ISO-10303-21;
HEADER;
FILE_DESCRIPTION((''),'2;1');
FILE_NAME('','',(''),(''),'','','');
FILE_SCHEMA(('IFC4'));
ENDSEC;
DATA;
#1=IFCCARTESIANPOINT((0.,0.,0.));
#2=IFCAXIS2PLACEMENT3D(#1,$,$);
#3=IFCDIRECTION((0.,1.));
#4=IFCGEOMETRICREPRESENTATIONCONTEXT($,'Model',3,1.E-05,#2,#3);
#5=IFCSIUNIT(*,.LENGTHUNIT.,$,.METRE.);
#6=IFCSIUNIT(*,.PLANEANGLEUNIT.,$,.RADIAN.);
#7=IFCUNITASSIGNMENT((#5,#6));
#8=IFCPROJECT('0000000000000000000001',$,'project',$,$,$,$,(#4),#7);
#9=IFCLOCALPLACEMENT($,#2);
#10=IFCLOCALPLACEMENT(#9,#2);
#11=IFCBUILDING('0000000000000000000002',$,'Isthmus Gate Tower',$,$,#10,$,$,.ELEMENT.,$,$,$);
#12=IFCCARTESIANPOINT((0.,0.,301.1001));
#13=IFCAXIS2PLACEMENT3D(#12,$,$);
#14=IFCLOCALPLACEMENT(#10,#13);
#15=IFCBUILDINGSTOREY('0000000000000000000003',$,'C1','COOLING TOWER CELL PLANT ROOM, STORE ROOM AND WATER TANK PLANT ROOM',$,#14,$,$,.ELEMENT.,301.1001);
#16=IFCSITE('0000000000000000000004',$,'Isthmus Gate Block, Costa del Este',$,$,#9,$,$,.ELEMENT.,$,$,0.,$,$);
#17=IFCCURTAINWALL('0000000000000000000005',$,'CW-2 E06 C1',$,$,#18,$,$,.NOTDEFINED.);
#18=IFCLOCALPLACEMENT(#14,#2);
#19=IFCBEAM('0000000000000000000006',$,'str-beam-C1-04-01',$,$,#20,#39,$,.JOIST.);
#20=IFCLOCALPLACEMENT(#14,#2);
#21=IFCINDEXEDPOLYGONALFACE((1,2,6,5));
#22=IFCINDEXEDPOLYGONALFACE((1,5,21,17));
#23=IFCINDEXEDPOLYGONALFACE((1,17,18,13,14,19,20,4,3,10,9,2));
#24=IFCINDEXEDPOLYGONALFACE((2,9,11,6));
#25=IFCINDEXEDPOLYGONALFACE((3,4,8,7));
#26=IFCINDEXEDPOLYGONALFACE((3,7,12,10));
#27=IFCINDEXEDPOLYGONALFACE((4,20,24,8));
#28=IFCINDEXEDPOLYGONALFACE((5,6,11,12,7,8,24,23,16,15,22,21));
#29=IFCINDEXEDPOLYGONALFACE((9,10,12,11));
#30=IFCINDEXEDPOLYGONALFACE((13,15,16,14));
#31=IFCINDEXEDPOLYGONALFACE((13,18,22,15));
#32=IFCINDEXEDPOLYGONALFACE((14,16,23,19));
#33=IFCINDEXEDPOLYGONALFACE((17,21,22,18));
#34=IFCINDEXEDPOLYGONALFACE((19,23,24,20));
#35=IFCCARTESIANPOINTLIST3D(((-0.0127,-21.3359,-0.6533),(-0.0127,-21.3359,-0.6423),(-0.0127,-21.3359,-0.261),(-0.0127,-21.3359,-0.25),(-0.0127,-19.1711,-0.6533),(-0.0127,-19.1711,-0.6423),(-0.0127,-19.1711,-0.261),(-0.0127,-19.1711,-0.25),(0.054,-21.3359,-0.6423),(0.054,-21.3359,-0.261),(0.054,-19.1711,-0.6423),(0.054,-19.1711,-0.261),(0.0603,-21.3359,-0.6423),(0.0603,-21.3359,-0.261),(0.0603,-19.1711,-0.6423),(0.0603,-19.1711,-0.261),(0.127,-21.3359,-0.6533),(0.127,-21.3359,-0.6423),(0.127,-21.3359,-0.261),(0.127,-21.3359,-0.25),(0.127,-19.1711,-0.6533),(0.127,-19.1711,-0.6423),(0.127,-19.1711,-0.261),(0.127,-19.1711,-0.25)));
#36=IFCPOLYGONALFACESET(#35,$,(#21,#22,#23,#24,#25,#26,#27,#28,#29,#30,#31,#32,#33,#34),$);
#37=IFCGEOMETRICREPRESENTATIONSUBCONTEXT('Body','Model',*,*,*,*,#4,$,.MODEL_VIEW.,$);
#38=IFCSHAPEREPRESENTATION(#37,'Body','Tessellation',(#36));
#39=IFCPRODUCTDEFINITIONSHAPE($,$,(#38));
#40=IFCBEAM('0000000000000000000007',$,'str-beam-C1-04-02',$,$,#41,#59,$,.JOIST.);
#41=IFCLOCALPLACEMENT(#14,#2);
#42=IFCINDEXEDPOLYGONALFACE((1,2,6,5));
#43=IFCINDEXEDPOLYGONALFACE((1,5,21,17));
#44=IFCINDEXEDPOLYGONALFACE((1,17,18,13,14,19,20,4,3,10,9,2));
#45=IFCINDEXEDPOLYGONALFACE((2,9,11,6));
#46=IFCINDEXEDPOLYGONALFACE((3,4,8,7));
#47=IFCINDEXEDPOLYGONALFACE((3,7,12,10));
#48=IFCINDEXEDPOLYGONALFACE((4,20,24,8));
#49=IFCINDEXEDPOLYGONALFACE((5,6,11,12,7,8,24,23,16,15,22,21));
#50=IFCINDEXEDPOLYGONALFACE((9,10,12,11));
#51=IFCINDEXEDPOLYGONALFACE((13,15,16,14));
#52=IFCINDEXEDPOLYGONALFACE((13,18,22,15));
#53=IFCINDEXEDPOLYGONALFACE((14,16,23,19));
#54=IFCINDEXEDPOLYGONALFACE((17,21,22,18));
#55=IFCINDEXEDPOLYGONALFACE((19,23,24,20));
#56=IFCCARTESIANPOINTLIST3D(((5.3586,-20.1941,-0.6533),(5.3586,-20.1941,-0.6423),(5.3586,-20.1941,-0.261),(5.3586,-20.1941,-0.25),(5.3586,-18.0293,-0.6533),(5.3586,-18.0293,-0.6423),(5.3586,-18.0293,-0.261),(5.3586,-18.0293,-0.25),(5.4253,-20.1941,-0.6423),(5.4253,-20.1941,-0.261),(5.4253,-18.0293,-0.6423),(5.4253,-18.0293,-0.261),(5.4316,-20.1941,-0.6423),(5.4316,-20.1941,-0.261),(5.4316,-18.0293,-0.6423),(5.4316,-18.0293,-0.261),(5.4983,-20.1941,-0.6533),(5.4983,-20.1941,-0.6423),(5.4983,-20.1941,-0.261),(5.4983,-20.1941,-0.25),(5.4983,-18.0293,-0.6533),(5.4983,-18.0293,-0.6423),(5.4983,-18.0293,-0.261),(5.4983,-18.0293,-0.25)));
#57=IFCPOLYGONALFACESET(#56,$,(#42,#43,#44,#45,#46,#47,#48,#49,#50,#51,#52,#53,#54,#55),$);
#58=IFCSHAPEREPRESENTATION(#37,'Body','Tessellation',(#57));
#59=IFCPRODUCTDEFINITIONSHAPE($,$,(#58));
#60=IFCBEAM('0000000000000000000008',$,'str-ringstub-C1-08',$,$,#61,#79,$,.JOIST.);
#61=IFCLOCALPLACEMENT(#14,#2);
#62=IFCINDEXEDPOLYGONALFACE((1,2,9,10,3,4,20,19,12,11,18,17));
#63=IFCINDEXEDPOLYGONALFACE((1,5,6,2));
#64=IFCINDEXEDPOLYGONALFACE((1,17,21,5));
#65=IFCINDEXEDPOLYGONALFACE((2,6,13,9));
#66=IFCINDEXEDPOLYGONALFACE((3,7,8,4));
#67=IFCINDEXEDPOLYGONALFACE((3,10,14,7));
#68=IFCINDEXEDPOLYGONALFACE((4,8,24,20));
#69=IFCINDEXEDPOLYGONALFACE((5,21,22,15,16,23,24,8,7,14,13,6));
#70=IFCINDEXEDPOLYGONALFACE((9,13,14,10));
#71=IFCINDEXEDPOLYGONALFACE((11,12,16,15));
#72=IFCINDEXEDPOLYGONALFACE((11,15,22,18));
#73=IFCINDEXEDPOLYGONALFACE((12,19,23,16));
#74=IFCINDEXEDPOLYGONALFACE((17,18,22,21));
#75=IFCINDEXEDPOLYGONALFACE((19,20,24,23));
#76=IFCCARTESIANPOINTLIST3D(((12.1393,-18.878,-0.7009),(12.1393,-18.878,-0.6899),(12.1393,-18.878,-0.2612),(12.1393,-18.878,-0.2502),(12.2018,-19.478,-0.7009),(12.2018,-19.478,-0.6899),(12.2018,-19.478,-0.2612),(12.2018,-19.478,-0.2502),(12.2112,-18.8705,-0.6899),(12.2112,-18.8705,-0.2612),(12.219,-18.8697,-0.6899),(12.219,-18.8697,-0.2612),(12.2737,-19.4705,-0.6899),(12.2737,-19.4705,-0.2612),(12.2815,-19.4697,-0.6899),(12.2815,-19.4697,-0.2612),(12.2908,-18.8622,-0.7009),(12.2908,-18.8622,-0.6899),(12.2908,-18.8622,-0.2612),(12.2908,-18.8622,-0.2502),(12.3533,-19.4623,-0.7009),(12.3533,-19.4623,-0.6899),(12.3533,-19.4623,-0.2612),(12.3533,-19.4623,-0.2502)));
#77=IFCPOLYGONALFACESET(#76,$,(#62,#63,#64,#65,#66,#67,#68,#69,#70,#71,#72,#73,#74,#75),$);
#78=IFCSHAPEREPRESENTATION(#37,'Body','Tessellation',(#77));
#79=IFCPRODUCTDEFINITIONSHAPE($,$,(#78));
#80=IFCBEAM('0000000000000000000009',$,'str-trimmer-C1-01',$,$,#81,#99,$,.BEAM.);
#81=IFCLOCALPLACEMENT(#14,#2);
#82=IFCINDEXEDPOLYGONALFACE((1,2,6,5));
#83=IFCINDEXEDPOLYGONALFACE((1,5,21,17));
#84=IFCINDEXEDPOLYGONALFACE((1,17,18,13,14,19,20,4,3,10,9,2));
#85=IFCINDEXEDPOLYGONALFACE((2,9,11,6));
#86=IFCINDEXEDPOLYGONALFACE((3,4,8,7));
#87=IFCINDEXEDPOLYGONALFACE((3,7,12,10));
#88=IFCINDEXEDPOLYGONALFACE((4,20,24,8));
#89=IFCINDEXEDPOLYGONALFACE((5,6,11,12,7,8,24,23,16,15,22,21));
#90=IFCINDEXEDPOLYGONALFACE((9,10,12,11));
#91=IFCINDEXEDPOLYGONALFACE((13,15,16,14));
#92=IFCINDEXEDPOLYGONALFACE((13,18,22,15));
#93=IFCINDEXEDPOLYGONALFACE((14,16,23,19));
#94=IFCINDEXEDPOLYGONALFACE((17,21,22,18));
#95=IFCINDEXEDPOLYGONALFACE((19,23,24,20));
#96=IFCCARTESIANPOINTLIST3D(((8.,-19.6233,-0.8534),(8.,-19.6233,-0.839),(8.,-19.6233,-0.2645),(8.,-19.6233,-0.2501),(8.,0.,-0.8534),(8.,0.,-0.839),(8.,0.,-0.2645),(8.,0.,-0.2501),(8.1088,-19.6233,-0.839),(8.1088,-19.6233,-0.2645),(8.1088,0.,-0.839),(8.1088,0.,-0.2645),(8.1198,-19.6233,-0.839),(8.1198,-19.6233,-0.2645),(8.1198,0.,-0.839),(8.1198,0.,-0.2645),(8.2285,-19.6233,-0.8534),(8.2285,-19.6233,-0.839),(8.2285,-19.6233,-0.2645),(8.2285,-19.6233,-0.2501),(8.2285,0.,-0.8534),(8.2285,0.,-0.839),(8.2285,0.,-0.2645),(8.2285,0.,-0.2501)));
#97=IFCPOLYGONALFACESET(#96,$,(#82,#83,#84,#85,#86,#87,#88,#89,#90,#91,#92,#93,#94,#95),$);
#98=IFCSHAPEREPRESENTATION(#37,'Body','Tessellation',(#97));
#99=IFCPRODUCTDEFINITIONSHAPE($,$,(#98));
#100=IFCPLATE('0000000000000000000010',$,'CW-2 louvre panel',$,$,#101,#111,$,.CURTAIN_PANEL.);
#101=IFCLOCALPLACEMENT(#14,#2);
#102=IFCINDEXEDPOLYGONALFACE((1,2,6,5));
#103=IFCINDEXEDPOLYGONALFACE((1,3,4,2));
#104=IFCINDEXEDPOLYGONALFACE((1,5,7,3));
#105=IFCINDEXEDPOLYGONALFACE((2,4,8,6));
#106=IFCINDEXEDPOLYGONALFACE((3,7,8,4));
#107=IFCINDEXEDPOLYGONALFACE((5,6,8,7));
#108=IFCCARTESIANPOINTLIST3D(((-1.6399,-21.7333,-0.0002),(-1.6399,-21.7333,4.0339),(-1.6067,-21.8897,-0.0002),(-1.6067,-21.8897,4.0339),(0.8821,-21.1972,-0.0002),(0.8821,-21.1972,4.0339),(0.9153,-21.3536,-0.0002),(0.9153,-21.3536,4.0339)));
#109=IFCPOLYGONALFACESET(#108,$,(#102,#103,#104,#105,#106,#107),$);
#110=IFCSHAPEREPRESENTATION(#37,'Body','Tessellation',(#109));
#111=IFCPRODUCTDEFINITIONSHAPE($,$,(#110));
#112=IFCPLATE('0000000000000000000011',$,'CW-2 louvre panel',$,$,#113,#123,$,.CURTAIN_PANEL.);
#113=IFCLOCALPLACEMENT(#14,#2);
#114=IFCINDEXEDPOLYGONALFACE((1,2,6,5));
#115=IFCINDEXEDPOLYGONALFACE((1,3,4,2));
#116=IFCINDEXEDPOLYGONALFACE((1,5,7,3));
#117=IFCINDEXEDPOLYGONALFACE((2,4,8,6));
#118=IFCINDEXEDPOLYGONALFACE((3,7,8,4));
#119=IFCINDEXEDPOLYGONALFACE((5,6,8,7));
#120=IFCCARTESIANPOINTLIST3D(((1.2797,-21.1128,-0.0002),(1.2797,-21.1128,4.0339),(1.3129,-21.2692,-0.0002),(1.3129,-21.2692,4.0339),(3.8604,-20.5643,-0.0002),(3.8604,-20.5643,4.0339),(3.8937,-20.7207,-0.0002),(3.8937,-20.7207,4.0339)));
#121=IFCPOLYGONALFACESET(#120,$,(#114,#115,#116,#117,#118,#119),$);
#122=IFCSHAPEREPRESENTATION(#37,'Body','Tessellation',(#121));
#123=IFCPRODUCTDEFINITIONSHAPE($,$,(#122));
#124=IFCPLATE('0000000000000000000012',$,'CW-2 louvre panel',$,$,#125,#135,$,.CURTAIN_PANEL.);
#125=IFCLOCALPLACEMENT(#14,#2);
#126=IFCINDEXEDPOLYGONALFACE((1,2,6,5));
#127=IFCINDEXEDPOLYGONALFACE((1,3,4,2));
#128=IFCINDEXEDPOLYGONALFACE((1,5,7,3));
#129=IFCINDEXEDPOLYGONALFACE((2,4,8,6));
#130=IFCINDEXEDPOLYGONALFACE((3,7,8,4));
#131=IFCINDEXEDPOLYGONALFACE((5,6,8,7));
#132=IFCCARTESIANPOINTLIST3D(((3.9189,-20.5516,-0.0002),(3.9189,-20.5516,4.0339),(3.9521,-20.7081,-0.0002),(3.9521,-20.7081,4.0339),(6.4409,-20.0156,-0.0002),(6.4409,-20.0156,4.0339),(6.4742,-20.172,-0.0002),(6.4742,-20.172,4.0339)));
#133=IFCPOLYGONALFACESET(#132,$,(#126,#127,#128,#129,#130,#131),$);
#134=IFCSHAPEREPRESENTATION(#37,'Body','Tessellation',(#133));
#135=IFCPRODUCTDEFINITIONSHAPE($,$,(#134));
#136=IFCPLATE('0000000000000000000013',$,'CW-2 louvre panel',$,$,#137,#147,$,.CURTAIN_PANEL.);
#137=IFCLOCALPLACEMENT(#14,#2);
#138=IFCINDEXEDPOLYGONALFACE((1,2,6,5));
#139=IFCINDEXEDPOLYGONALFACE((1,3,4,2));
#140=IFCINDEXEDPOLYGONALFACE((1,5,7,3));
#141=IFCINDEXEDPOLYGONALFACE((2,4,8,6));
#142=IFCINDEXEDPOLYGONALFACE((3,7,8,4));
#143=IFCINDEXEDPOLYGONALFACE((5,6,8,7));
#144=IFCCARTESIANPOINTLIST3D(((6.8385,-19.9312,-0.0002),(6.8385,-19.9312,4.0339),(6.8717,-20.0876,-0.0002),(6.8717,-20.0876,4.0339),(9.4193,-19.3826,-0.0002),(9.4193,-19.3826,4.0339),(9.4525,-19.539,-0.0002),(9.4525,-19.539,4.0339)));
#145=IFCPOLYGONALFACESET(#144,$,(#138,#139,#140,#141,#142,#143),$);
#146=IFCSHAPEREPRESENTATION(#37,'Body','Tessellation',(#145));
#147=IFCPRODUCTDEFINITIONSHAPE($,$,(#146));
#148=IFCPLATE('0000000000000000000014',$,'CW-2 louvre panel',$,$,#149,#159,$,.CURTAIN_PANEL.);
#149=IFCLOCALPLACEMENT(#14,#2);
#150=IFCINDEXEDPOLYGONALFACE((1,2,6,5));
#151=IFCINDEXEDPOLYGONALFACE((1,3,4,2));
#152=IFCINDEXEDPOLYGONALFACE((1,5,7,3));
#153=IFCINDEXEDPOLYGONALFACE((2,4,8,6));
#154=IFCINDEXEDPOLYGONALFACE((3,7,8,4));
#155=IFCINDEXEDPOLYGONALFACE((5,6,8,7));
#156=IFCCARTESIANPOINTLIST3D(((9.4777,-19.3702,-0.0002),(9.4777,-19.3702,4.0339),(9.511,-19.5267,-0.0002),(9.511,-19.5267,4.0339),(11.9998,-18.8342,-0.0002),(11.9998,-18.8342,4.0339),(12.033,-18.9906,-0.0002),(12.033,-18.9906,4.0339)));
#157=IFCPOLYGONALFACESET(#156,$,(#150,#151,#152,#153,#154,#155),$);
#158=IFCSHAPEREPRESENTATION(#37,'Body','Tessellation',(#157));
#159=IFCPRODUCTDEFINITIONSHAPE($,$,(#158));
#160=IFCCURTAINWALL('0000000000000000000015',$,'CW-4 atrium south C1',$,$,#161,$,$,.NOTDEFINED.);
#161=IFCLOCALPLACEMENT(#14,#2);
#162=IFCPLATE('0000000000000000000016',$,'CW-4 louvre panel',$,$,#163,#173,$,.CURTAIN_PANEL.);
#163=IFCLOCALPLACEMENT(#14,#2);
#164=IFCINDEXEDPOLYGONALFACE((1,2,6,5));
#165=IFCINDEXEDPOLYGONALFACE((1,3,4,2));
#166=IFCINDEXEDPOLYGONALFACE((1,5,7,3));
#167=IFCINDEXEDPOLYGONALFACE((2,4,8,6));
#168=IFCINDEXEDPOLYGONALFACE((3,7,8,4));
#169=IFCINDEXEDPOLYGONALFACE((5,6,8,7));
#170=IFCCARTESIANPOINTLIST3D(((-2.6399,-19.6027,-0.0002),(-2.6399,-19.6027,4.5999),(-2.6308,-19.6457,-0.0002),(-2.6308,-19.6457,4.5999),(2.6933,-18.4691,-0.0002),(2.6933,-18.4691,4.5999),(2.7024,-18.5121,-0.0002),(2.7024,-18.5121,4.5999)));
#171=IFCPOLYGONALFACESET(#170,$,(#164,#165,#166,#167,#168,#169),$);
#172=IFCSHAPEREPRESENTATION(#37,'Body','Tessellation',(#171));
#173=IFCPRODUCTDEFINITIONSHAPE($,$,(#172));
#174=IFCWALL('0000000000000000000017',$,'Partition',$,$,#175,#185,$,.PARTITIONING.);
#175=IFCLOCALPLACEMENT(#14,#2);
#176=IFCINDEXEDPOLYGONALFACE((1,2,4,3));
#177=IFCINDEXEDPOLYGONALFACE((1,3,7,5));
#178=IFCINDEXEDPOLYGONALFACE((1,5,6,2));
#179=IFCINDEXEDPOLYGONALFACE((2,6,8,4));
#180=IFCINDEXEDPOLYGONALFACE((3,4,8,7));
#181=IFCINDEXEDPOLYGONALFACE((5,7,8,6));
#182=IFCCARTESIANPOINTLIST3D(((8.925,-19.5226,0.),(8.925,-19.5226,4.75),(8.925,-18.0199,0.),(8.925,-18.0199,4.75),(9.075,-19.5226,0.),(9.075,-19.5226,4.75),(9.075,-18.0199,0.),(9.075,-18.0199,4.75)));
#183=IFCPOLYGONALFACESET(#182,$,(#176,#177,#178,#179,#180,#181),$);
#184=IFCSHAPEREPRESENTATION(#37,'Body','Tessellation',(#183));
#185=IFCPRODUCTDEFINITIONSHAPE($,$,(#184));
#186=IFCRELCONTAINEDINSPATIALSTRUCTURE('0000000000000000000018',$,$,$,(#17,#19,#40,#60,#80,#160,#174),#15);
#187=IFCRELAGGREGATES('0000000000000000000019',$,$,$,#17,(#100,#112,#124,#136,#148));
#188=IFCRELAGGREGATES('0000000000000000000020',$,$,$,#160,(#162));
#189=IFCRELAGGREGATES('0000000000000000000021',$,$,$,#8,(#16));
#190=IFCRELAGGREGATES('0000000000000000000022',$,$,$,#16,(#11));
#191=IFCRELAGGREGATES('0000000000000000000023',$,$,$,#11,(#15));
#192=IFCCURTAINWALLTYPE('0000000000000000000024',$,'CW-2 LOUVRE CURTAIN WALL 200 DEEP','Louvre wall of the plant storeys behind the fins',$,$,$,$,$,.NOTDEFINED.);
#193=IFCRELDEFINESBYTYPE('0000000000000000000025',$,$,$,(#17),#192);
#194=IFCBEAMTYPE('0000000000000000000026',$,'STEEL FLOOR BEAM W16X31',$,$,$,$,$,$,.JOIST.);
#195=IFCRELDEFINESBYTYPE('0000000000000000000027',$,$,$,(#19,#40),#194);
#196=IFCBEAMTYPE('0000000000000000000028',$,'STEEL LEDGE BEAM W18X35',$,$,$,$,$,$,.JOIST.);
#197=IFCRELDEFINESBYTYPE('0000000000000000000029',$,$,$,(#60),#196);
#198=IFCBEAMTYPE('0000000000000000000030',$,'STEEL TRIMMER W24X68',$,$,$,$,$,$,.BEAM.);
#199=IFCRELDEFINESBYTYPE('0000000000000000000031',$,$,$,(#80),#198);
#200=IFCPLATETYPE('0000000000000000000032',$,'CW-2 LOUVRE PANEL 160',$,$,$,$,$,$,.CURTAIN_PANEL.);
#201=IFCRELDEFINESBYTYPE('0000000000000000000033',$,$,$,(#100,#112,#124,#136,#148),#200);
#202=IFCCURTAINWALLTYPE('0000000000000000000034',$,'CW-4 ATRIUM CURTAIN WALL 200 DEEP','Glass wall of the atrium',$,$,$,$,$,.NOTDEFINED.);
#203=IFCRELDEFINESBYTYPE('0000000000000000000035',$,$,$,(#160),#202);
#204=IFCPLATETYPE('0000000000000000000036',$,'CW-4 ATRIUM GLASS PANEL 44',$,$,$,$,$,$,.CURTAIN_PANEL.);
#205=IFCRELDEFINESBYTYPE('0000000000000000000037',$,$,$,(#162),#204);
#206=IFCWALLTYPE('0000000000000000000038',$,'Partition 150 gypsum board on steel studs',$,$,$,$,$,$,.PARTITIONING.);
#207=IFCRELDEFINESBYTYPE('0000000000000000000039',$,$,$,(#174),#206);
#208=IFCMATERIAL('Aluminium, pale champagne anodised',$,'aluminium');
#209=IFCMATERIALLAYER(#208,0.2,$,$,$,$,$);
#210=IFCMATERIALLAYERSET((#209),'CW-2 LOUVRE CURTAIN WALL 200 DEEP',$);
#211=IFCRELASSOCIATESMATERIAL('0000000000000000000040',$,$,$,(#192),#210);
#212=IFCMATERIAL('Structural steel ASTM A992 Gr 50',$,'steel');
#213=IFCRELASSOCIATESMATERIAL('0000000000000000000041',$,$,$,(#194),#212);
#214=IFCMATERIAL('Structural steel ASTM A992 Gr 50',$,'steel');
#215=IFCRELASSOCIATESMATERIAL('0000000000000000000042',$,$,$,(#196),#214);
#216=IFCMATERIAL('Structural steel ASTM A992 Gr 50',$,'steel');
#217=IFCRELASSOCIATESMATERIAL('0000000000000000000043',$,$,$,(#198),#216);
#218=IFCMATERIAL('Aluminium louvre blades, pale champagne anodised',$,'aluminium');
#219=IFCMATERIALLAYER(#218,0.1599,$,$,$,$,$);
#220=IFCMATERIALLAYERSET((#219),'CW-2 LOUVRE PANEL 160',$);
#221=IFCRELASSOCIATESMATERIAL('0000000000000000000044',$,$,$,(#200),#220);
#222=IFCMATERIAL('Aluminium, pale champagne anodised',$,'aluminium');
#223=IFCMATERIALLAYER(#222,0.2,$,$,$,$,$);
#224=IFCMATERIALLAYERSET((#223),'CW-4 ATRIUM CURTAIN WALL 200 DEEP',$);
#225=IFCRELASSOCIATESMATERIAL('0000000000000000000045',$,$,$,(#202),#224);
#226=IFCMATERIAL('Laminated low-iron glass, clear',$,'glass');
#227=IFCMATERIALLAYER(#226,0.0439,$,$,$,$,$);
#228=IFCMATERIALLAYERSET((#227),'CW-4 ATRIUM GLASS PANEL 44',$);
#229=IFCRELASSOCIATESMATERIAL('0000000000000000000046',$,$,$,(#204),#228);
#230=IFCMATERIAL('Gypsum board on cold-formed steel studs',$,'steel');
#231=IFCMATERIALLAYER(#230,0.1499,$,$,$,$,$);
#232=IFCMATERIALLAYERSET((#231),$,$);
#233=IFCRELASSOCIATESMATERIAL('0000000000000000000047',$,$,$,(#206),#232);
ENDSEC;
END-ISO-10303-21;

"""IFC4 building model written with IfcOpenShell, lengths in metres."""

from ifc_helpers import new_model, si_unit, direction, frame, frame_2d, origin, origin_2d, place, context, subcontext, project, spatial, rectangle, i_section, extrude, material, layer, layer_set, material_profile, profile_set, type_object, element, aggregate, save


model = new_model("IFC4")

# Units and contexts
model_context = context("Model", 3, precision=1e-05, world=origin(), true_north=direction((0.0, 1.0)))
body_context = subcontext(model_context, "Body", "Model", "MODEL_VIEW")
ifc_project = project(units=[si_unit("LENGTHUNIT", "METRE"), si_unit("PLANEANGLEUNIT", "RADIAN")], contexts=[model_context])

# Site, building, storey
site_placement = place(None, origin())
site = spatial("IfcSite", under=ifc_project, at=site_placement, Name="Isthmus Gate Block, Costa del Este", CompositionType="ELEMENT", RefElevation=0.0)
building_placement = place(site_placement, origin())
building = spatial("IfcBuilding", under=site, at=building_placement, Name="Isthmus Gate Tower", CompositionType="ELEMENT")
storey_placement = place(building_placement, frame((0.0, 0.0, 301.1001)))
storey = spatial("IfcBuildingStorey", under=building, at=storey_placement, Name="C1", Description="COOLING TOWER CELL PLANT ROOM, STORE ROOM AND WATER TANK PLANT ROOM", CompositionType="ELEMENT", Elevation=301.1001)

# Curtain wall
ifc_material_1 = material(Name="Aluminium, pale champagne anodised", Category="aluminium")
ifc_layer_1 = layer(ifc_material_1, 0.2)
ifc_layer_set_1 = layer_set([ifc_layer_1], Name="CW-2 LOUVRE CURTAIN WALL 200 DEEP")
curtain_wall_type_1 = type_object("IfcCurtainWallType", Name="CW-2 LOUVRE CURTAIN WALL 200 DEEP", Description="Louvre wall of the plant storeys behind the fins", PredefinedType="NOTDEFINED", material=ifc_layer_set_1)
curtain_wall_1_placement = place(storey_placement, origin())
curtain_wall_1 = element("IfcCurtainWall", 1, at=curtain_wall_1_placement, inside=storey, type_object=curtain_wall_type_1, Name="CW-2 E06 C1", PredefinedType="NOTDEFINED")

# Beams
ifc_material_2 = material(Name="Structural steel ASTM A992 Gr 50", Category="steel")
ifc_material_profile_1 = material_profile(ifc_material_2, i_section(OverallWidth=0.1396, OverallDepth=0.4033, WebThickness=0.0063, FlangeThickness=0.011, at=origin_2d()), Name="W16X31")
ifc_profile_set_1 = profile_set([ifc_material_profile_1], Name="Structural steel ASTM A992 Gr 50")
beam_type_1 = type_object("IfcBeamType", Name="STEEL FLOOR BEAM W16X31", PredefinedType="JOIST", material=ifc_profile_set_1)
for number, where, z_axis, x_axis, name in (
    (2, (0.0571, -21.3359, -0.4517), (0.0, 1.0, 0.0), (-1.0, 0.0, 0.0), "str-beam-C1-04-01"),
    (3, (5.4285, -20.1941, -0.4517), (0.0, 1.0, 0.0), (-1.0, 0.0, 0.0), "str-beam-C1-04-02"),
):
    element("IfcBeam", number, at=place(storey_placement, frame(where, z_axis=z_axis, x_axis=x_axis)), inside=storey, type_object=beam_type_1, Name=name, PredefinedType="JOIST", context=body_context, shape_type="SweptSolid", body=[
        extrude(i_section(OverallWidth=0.1396, OverallDepth=0.4033, WebThickness=0.0063, FlangeThickness=0.011, at=origin_2d()), origin(), (0.0, 0.0, 1.0), 2.1648),
    ])
ifc_material_3 = material(Name="Structural steel ASTM A992 Gr 50", Category="steel")
ifc_material_profile_2 = material_profile(ifc_material_3, i_section(OverallWidth=0.1523, OverallDepth=0.4507, WebThickness=0.0078, FlangeThickness=0.011, at=origin_2d()), Name="W18X35")
ifc_profile_set_2 = profile_set([ifc_material_profile_2], Name="Structural steel ASTM A992 Gr 50")
beam_type_2 = type_object("IfcBeamType", Name="STEEL LEDGE BEAM W18X35", PredefinedType="JOIST", material=ifc_profile_set_2)
beam_1_placement = place(storey_placement, frame((12.2151, -18.8701, -0.4756), z_axis=(0.103589, -0.99462, 0.0), x_axis=(0.99462, 0.103589, 0.0)))
element("IfcBeam", 4, at=beam_1_placement, inside=storey, type_object=beam_type_2, Name="str-ringstub-C1-08", PredefinedType="JOIST", context=body_context, shape_type="SweptSolid", body=[
    extrude(i_section(OverallWidth=0.1523, OverallDepth=0.4507, WebThickness=0.0078, FlangeThickness=0.011, at=origin_2d()), origin(), (0.0, 0.0, 1.0), 0.6033),
])
ifc_material_4 = material(Name="Structural steel ASTM A992 Gr 50", Category="steel")
ifc_material_profile_3 = material_profile(ifc_material_4, i_section(OverallWidth=0.2285, OverallDepth=0.6033, WebThickness=0.011, FlangeThickness=0.0144, at=origin_2d()), Name="W24X68")
ifc_profile_set_3 = profile_set([ifc_material_profile_3], Name="Structural steel ASTM A992 Gr 50")
beam_type_3 = type_object("IfcBeamType", Name="STEEL TRIMMER W24X68", PredefinedType="BEAM", material=ifc_profile_set_3)
beam_2_placement = place(storey_placement, frame((8.1143, -19.6233, -0.5518), z_axis=(0.0, 1.0, 0.0), x_axis=(-1.0, 0.0, 0.0)))
element("IfcBeam", 5, at=beam_2_placement, inside=storey, type_object=beam_type_3, Name="str-trimmer-C1-01", PredefinedType="BEAM", context=body_context, shape_type="SweptSolid", body=[
    extrude(i_section(OverallWidth=0.2285, OverallDepth=0.6033, WebThickness=0.011, FlangeThickness=0.0144, at=origin_2d()), origin(), (0.0, 0.0, 1.0), 19.6233),
])

# Plates
ifc_material_5 = material(Name="Aluminium louvre blades, pale champagne anodised", Category="aluminium")
ifc_layer_2 = layer(ifc_material_5, 0.1599)
ifc_layer_set_2 = layer_set([ifc_layer_2], Name="CW-2 LOUVRE PANEL 160")
plate_type_1 = type_object("IfcPlateType", Name="CW-2 LOUVRE PANEL 160", PredefinedType="CURTAIN_PANEL", material=ifc_layer_set_2)
plate_1_placement = place(storey_placement, frame((-0.3623, -21.5435, -0.0002), z_axis=(0.0, 0.0, 1.0), x_axis=(0.978148, 0.207912, 0.0)))
plate_1 = element("IfcPlate", 6, at=plate_1_placement, type_object=plate_type_1, Name="CW-2 louvre panel", PredefinedType="CURTAIN_PANEL", context=body_context, shape_type="SweptSolid", body=[
    extrude(rectangle(XDim=2.5784, YDim=0.1599, at=origin_2d()), origin(), (0.0, 0.0, 1.0), 4.0342),
])
plate_2_placement = place(storey_placement, frame((2.5867, -20.9167, -0.0002), z_axis=(0.0, 0.0, 1.0), x_axis=(0.978148, 0.207912, 0.0)))
plate_2 = element("IfcPlate", 7, at=plate_2_placement, type_object=plate_type_1, Name="CW-2 louvre panel", PredefinedType="CURTAIN_PANEL", context=body_context, shape_type="SweptSolid", body=[
    extrude(rectangle(XDim=2.6384, YDim=0.1599, at=origin_2d()), origin(), (0.0, 0.0, 1.0), 4.0342),
])
plate_3_placement = place(storey_placement, frame((5.1965, -20.3618, -0.0002), z_axis=(0.0, 0.0, 1.0), x_axis=(0.978148, 0.207912, 0.0)))
plate_3 = element("IfcPlate", 8, at=plate_3_placement, type_object=plate_type_1, Name="CW-2 louvre panel", PredefinedType="CURTAIN_PANEL", context=body_context, shape_type="SweptSolid", body=[
    extrude(rectangle(XDim=2.5784, YDim=0.1599, at=origin_2d()), origin(), (0.0, 0.0, 1.0), 4.0342),
])
plate_4_placement = place(storey_placement, frame((8.1455, -19.7351, -0.0002), z_axis=(0.0, 0.0, 1.0), x_axis=(0.978148, 0.207912, 0.0)))
plate_4 = element("IfcPlate", 9, at=plate_4_placement, type_object=plate_type_1, Name="CW-2 louvre panel", PredefinedType="CURTAIN_PANEL", context=body_context, shape_type="SweptSolid", body=[
    extrude(rectangle(XDim=2.6384, YDim=0.1599, at=origin_2d()), origin(), (0.0, 0.0, 1.0), 4.0342),
])
plate_5_placement = place(storey_placement, frame((10.7554, -19.1804, -0.0002), z_axis=(0.0, 0.0, 1.0), x_axis=(0.978148, 0.207912, 0.0)))
plate_5 = element("IfcPlate", 10, at=plate_5_placement, type_object=plate_type_1, Name="CW-2 louvre panel", PredefinedType="CURTAIN_PANEL", context=body_context, shape_type="SweptSolid", body=[
    extrude(rectangle(XDim=2.5784, YDim=0.1599, at=origin_2d()), origin(), (0.0, 0.0, 1.0), 4.0342),
])
aggregate(curtain_wall_1, [plate_1, plate_2, plate_3, plate_4, plate_5])

# Curtain wall, plate
ifc_material_6 = material(Name="Aluminium, pale champagne anodised", Category="aluminium")
ifc_layer_3 = layer(ifc_material_6, 0.2)
ifc_layer_set_3 = layer_set([ifc_layer_3], Name="CW-4 ATRIUM CURTAIN WALL 200 DEEP")
curtain_wall_type_2 = type_object("IfcCurtainWallType", Name="CW-4 ATRIUM CURTAIN WALL 200 DEEP", Description="Glass wall of the atrium", PredefinedType="NOTDEFINED", material=ifc_layer_set_3)
curtain_wall_2_placement = place(storey_placement, origin())
curtain_wall_2 = element("IfcCurtainWall", 11, at=curtain_wall_2_placement, inside=storey, type_object=curtain_wall_type_2, Name="CW-4 atrium south C1", PredefinedType="NOTDEFINED")
ifc_material_7 = material(Name="Laminated low-iron glass, clear", Category="glass")
ifc_layer_4 = layer(ifc_material_7, 0.0439)
ifc_layer_set_4 = layer_set([ifc_layer_4], Name="CW-4 ATRIUM GLASS PANEL 44")
plate_type_2 = type_object("IfcPlateType", Name="CW-4 ATRIUM GLASS PANEL 44", PredefinedType="CURTAIN_PANEL", material=ifc_layer_set_4)
plate_6_placement = place(storey_placement, frame((0.0312, -19.0574, -0.0002), z_axis=(0.0, 0.0, 1.0), x_axis=(0.978148, 0.207912, 0.0)))
plate_6 = element("IfcPlate", 12, at=plate_6_placement, type_object=plate_type_2, Name="CW-4 louvre panel", PredefinedType="CURTAIN_PANEL", context=body_context, shape_type="SweptSolid", body=[
    extrude(rectangle(XDim=5.4524, YDim=0.0439, at=origin_2d()), origin(), (0.0, 0.0, 1.0), 4.6001),
])
aggregate(curtain_wall_2, [plate_6])

# Wall
ifc_material_8 = material(Name="Gypsum board on cold-formed steel studs", Category="steel")
ifc_layer_5 = layer(ifc_material_8, 0.1499)
ifc_layer_set_5 = layer_set([ifc_layer_5])
wall_type = type_object("IfcWallType", Name="Partition 150 gypsum board on steel studs", PredefinedType="PARTITIONING", material=ifc_layer_set_5)
wall_placement = place(storey_placement, frame((9.0, -19.5227, 0.0), z_axis=(0.0, 0.0, 1.0), x_axis=(0.0, 1.0, 0.0)))
element("IfcWall", 13, at=wall_placement, inside=storey, type_object=wall_type, Name="Partition", PredefinedType="PARTITIONING", context=body_context, shape_type="SweptSolid", body=[
    extrude(rectangle(XDim=1.5027, YDim=0.1499, at=frame_2d((0.7515, 0.0))), origin(), (0.0, 0.0, 1.0), 4.75),
])

save(model, "model.ifc")
